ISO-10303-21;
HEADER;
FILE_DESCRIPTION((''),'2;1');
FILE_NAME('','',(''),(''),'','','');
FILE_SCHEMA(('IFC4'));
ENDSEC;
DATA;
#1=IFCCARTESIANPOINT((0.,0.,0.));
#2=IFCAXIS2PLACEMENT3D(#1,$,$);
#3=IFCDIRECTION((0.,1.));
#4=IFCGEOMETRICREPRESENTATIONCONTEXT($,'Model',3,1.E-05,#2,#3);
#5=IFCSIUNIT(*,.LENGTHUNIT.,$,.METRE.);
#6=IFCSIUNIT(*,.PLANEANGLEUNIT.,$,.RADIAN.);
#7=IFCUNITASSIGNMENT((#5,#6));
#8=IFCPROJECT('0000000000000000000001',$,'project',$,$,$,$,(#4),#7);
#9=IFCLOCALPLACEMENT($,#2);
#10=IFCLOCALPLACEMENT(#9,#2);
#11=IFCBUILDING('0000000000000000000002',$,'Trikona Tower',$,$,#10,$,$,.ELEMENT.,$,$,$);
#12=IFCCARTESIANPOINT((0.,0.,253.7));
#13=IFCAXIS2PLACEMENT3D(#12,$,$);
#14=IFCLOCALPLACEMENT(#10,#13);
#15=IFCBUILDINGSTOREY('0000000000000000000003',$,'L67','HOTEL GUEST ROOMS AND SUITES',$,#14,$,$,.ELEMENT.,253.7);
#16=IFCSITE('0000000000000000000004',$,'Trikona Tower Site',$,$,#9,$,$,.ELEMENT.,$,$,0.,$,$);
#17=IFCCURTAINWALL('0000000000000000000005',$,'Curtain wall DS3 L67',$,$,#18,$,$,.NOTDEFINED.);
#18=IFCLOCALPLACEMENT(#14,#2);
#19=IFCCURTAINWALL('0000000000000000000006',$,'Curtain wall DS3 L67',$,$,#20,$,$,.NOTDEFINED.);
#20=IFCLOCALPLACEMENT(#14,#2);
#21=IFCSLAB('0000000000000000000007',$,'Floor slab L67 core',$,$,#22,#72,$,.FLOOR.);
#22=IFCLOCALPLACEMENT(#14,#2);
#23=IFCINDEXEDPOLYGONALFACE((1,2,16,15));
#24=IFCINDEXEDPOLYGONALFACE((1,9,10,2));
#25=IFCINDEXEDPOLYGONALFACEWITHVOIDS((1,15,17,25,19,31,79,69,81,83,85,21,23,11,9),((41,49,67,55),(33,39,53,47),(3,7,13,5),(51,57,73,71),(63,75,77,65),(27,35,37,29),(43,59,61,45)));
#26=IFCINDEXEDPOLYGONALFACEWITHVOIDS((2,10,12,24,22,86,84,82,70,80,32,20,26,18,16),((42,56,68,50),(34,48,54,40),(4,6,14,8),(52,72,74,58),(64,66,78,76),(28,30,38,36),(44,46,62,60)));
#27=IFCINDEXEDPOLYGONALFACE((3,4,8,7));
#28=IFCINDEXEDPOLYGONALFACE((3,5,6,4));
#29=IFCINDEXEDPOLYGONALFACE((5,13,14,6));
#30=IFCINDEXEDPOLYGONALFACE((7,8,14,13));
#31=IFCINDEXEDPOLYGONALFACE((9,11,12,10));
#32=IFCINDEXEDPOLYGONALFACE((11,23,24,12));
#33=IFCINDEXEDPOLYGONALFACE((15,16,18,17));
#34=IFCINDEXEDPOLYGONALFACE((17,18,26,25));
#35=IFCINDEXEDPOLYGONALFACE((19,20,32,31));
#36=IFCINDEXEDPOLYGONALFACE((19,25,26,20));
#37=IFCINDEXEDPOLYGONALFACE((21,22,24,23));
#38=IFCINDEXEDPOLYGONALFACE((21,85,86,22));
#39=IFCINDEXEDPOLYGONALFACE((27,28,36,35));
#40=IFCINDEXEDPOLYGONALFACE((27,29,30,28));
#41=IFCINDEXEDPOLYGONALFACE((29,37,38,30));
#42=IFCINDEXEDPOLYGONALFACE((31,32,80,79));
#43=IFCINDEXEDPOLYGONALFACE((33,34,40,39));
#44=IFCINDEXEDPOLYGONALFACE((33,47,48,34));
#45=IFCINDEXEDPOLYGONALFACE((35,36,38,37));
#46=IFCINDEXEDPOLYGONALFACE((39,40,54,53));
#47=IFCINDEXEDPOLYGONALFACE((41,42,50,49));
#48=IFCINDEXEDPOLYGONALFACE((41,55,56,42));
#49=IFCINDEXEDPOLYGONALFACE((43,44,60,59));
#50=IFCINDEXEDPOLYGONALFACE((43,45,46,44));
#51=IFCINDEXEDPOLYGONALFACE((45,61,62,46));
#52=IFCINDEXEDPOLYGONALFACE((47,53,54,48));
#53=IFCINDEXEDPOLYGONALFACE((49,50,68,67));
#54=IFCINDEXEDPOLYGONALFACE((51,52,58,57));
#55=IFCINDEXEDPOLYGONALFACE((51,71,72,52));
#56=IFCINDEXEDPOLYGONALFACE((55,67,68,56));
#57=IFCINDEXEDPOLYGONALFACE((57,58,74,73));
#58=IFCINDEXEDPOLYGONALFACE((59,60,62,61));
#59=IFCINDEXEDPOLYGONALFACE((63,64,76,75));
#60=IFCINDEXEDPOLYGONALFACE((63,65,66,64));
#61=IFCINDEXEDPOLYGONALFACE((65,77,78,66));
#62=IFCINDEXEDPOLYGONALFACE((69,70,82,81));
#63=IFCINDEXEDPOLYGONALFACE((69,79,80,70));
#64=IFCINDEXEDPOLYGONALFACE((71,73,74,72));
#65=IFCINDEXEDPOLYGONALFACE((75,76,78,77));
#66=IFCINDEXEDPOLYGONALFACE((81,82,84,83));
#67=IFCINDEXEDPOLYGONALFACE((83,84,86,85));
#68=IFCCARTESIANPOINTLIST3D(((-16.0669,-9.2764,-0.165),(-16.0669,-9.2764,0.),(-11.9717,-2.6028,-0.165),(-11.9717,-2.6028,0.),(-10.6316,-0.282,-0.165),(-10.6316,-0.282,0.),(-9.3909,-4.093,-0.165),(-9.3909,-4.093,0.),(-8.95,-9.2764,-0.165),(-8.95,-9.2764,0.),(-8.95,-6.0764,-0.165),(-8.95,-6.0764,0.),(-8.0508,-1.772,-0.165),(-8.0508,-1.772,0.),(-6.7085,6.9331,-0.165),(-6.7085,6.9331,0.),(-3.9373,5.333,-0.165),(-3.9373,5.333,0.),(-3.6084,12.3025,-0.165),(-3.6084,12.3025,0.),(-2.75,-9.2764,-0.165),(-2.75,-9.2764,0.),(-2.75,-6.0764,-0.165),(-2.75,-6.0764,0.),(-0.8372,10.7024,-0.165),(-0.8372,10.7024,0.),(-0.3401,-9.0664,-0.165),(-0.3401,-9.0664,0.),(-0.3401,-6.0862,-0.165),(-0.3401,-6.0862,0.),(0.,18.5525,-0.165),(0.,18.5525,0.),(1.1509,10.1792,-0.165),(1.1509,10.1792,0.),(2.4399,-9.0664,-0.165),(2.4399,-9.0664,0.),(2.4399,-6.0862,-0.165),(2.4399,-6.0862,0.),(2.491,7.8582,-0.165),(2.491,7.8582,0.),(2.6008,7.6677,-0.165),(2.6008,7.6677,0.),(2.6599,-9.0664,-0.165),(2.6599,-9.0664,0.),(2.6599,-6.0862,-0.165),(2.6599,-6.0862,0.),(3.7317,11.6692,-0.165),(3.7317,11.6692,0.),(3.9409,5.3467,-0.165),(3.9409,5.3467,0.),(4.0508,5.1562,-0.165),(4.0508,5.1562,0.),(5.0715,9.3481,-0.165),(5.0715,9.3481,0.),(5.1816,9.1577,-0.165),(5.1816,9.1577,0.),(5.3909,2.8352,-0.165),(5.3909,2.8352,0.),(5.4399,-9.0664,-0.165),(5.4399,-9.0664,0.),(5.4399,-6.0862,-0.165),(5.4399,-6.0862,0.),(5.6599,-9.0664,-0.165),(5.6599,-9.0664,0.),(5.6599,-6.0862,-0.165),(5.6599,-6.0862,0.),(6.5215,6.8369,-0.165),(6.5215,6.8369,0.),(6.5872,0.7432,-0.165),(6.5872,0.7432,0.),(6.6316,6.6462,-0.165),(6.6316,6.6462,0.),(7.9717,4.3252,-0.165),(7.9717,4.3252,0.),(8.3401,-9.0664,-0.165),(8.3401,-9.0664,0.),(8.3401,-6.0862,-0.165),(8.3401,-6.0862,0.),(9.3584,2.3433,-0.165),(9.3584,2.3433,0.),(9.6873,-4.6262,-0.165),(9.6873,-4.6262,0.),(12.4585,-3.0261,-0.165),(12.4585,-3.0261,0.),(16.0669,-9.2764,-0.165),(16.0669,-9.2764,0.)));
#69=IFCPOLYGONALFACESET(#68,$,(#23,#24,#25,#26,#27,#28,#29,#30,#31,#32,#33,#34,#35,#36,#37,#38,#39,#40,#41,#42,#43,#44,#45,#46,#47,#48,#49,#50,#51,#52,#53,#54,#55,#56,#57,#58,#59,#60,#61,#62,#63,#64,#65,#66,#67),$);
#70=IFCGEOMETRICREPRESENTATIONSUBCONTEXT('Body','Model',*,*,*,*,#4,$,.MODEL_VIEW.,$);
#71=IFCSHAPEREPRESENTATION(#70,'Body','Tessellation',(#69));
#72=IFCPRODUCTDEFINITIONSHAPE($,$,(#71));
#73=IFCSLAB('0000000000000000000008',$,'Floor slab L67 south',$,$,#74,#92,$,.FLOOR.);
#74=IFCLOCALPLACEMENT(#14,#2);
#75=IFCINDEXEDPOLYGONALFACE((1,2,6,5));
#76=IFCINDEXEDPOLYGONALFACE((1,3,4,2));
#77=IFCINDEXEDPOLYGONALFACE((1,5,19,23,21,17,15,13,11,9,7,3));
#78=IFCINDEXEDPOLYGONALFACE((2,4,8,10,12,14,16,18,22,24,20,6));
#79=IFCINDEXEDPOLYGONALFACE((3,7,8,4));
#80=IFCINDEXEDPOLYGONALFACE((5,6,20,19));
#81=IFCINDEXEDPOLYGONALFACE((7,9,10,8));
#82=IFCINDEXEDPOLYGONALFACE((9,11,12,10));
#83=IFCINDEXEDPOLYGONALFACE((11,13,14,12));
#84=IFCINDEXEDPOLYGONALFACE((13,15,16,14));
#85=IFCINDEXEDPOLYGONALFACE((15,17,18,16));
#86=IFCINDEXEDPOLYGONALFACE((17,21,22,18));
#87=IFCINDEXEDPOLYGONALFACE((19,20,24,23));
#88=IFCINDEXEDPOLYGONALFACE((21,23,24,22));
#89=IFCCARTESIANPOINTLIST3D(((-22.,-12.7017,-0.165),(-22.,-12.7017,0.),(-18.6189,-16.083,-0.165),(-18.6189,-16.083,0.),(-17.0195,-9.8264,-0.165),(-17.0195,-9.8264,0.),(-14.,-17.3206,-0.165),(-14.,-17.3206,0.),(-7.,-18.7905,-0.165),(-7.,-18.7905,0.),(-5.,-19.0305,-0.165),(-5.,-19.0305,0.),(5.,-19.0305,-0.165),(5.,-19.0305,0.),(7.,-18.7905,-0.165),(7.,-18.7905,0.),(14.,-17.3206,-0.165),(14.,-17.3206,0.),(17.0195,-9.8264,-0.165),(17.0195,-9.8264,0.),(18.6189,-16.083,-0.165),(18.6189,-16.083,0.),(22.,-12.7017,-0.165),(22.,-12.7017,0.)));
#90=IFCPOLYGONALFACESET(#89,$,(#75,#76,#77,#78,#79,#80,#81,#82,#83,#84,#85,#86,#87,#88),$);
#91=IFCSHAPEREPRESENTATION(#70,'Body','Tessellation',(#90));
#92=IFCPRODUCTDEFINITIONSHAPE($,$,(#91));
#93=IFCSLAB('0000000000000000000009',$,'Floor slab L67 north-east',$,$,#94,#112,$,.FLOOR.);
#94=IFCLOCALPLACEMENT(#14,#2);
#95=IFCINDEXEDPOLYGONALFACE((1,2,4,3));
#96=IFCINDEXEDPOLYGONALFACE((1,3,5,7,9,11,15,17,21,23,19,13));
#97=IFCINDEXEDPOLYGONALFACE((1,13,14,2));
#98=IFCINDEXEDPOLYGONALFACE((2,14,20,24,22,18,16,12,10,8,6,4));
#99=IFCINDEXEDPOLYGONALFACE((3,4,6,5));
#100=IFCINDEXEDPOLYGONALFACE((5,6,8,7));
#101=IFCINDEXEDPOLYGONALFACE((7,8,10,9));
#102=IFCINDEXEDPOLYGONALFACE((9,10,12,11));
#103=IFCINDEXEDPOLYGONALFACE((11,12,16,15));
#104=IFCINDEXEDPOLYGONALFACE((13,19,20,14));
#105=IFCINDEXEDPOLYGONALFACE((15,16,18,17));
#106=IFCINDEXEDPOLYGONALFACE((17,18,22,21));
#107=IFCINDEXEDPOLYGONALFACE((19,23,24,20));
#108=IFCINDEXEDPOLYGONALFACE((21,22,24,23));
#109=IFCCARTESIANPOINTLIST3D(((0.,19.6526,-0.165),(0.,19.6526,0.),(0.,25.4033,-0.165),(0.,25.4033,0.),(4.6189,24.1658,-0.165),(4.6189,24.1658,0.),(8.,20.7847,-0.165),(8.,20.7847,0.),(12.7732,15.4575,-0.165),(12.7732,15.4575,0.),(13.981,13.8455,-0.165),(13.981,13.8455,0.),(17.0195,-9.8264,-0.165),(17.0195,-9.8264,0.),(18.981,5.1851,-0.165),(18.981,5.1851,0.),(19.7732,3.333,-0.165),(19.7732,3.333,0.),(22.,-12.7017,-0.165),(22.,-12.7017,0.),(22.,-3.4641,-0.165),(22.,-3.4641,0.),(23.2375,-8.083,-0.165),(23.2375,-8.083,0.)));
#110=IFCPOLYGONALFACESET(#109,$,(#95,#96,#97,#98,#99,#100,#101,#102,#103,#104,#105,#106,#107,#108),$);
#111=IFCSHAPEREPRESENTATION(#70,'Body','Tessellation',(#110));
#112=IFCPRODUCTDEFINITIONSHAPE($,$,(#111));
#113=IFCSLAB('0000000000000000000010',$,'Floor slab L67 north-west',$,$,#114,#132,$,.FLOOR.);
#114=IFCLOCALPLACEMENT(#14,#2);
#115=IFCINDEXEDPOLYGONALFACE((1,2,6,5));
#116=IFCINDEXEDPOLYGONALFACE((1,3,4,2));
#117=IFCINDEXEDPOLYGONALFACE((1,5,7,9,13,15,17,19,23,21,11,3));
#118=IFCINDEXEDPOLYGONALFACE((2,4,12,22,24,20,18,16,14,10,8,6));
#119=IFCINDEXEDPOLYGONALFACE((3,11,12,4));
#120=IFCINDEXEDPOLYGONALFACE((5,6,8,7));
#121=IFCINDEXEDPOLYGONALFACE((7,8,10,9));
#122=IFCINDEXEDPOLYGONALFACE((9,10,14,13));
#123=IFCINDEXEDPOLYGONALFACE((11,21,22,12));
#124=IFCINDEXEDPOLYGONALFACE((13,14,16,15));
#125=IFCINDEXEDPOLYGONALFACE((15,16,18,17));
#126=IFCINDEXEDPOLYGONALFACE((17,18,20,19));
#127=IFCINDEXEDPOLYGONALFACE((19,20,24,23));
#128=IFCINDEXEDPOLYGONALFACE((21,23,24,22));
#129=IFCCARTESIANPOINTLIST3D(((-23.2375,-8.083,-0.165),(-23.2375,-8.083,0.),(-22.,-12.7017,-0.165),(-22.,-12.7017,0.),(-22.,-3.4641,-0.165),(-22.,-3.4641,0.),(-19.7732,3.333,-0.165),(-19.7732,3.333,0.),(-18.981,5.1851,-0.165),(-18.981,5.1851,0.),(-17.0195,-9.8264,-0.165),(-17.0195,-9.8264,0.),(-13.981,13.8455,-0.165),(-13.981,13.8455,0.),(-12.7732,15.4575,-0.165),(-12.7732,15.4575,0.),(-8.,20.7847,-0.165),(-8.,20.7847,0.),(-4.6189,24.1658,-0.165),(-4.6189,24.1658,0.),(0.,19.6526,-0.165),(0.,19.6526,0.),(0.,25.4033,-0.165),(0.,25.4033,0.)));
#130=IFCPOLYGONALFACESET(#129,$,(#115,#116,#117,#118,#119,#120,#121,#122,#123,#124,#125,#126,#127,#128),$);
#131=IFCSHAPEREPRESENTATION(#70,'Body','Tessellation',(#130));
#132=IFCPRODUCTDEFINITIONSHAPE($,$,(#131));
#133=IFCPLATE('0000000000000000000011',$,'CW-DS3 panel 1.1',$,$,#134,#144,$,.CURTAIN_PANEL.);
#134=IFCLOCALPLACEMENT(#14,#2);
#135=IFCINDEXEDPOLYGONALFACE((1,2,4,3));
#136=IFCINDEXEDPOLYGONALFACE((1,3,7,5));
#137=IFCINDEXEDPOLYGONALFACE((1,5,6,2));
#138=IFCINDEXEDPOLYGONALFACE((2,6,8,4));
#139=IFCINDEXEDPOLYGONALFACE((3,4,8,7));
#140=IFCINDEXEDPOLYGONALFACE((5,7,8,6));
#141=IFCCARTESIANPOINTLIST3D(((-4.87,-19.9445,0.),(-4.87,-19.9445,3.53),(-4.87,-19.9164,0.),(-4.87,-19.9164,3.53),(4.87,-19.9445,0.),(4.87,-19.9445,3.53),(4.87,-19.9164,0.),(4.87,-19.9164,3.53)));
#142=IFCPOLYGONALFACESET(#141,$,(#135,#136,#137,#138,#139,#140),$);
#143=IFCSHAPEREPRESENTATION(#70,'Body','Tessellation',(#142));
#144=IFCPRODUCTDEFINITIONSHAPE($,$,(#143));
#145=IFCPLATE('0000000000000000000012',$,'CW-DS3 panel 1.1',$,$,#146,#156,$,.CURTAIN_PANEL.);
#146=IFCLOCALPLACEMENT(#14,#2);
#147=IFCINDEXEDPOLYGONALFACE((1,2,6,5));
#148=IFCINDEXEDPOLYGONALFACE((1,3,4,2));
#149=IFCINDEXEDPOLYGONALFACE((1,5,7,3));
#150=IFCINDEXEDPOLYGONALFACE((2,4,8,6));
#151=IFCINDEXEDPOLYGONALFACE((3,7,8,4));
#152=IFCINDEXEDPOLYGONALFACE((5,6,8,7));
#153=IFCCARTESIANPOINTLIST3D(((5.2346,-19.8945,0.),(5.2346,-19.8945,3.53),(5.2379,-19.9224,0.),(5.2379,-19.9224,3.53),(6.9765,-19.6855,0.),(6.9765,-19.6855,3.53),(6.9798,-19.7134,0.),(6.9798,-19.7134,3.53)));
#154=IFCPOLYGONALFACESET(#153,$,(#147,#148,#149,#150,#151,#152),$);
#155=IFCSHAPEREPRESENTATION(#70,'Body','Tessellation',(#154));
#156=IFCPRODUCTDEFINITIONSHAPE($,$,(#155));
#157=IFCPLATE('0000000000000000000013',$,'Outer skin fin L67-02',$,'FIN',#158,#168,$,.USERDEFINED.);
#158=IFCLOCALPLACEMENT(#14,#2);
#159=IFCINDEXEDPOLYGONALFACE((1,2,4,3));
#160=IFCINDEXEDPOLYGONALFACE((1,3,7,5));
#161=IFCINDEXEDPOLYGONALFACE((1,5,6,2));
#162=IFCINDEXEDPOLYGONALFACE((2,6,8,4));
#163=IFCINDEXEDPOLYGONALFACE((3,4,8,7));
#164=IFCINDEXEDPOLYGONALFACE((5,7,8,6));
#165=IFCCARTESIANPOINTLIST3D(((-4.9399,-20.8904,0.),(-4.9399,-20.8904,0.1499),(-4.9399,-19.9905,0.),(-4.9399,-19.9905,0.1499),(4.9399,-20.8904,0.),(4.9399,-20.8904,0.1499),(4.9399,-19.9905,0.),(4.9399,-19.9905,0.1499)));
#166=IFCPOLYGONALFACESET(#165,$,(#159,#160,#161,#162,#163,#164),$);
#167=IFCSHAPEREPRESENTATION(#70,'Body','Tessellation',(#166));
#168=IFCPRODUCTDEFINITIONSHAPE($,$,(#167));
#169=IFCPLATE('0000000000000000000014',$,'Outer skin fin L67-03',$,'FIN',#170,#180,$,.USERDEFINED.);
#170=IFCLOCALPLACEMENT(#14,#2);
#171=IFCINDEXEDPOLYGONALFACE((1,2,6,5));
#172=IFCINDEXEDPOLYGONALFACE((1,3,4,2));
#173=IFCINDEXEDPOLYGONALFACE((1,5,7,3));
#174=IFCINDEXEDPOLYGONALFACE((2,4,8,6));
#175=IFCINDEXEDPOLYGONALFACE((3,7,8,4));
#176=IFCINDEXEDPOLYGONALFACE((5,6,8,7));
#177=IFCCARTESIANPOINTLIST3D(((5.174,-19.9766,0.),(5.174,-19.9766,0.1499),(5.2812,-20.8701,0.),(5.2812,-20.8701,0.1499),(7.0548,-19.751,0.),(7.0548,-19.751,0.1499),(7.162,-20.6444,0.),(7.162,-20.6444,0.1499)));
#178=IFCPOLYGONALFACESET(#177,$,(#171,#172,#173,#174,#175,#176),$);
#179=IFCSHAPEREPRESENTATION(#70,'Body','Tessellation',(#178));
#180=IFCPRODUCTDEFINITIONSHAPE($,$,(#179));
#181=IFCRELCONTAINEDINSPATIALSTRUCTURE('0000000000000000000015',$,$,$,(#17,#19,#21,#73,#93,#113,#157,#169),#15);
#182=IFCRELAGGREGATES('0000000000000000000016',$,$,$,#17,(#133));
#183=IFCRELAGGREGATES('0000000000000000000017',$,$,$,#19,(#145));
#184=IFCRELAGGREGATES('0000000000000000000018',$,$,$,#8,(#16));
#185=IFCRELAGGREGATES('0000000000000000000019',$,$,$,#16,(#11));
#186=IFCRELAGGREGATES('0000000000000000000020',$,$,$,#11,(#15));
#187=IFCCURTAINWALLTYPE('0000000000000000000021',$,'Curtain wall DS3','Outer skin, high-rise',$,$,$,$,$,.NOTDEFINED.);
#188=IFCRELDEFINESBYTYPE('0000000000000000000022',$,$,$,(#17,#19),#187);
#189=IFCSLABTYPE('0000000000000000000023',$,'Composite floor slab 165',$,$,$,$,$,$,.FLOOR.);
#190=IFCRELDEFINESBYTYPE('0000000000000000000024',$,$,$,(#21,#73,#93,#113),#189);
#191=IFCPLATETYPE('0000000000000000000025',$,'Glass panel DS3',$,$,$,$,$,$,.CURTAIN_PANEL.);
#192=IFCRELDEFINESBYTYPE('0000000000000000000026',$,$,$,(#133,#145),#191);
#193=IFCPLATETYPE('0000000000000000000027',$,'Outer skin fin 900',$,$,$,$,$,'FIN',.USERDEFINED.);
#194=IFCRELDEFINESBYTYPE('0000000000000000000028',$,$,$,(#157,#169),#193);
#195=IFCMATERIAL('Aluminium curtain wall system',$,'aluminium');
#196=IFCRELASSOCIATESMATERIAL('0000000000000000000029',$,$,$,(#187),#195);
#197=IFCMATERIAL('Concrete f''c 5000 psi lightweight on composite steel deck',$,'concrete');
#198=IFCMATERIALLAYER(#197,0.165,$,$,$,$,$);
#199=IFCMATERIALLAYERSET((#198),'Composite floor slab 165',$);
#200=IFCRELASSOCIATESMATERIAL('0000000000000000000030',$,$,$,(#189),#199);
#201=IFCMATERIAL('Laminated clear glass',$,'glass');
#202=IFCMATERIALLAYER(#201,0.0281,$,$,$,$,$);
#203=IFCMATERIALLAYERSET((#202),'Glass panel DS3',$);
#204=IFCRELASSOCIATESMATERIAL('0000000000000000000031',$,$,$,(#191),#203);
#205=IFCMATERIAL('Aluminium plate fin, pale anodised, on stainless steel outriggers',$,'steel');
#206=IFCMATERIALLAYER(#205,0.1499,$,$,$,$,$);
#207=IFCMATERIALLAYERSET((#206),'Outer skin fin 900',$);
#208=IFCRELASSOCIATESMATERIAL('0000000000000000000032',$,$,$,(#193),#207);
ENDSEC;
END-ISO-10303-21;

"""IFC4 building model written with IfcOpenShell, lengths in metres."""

from ifc_helpers import new_model, si_unit, direction, frame, origin, origin_2d, place, context, subcontext, project, spatial, polyline, rectangle, outline, extrude, material, layer, layer_set, type_object, element, aggregate, save


model = new_model("IFC4")

# Units and contexts
model_context = context("Model", 3, precision=1e-05, world=origin(), true_north=direction((0.0, 1.0)))
body_context = subcontext(model_context, "Body", "Model", "MODEL_VIEW")
ifc_project = project(units=[si_unit("LENGTHUNIT", "METRE"), si_unit("PLANEANGLEUNIT", "RADIAN")], contexts=[model_context])

# Site, building, storey
site_placement = place(None, origin())
site = spatial("IfcSite", under=ifc_project, at=site_placement, Name="Trikona Tower Site", CompositionType="ELEMENT", RefElevation=0.0)
building_placement = place(site_placement, origin())
building = spatial("IfcBuilding", under=site, at=building_placement, Name="Trikona Tower", CompositionType="ELEMENT")
storey_placement = place(building_placement, frame((0.0, 0.0, 253.7)))
storey = spatial("IfcBuildingStorey", under=building, at=storey_placement, Name="L67", Description="HOTEL GUEST ROOMS AND SUITES", CompositionType="ELEMENT", Elevation=253.7)

# Curtain walls
ifc_material_1 = material(Name="Aluminium curtain wall system", Category="aluminium")
curtain_wall_type = type_object("IfcCurtainWallType", Name="Curtain wall DS3", Description="Outer skin, high-rise", PredefinedType="NOTDEFINED", material=ifc_material_1)
curtain_wall_1_placement = place(storey_placement, origin())
curtain_wall_1 = element("IfcCurtainWall", 1, at=curtain_wall_1_placement, inside=storey, type_object=curtain_wall_type, Name="Curtain wall DS3 L67", PredefinedType="NOTDEFINED")
curtain_wall_2_placement = place(storey_placement, origin())
curtain_wall_2 = element("IfcCurtainWall", 2, at=curtain_wall_2_placement, inside=storey, type_object=curtain_wall_type, Name="Curtain wall DS3 L67", PredefinedType="NOTDEFINED")

# Slabs
ifc_material_2 = material(Name="Concrete f'c 5000 psi lightweight on composite steel deck", Category="concrete")
ifc_layer_1 = layer(ifc_material_2, 0.165)
ifc_layer_set_1 = layer_set([ifc_layer_1], Name="Composite floor slab 165")
slab_type_1 = type_object("IfcSlabType", Name="Composite floor slab 165", PredefinedType="FLOOR", material=ifc_layer_set_1)
slab_1_placement = place(storey_placement, frame((0.0, 0.0, -0.165)))
element("IfcSlab", 3, at=slab_1_placement, inside=storey, type_object=slab_type_1, Name="Floor slab L67 core", PredefinedType="FLOOR", context=body_context, shape_type="SweptSolid", body=[
    extrude(outline(polyline([(-16.0669, -9.2764), (-8.95, -9.2764), (-8.95, -6.0764), (-2.75, -6.0764), (-2.75, -9.2764), (16.0669, -9.2764), (12.4585, -3.0261), (9.6873, -4.6262), (6.5872, 0.7432), (9.3584, 2.3433), (0.0, 18.5525), (-3.6084, 12.3025), (-0.8372, 10.7024), (-3.9373, 5.333), (-6.7085, 6.9331), (-16.0669, -9.2764)]), holes=[polyline([(5.6599, -6.0862), (5.6599, -9.0664), (8.3401, -9.0664), (8.3401, -6.0862), (5.6599, -6.0862)]), polyline([(6.6316, 6.6462), (4.0508, 5.1562), (5.3909, 2.8352), (7.9717, 4.3252), (6.6316, 6.6462)]), polyline([(6.5215, 6.8369), (5.1816, 9.1577), (2.6008, 7.6677), (3.9409, 5.3467), (6.5215, 6.8369)]), polyline([(2.6599, -9.0664), (5.4399, -9.0664), (5.4399, -6.0862), (2.6599, -6.0862), (2.6599, -9.0664)]), polyline([(2.491, 7.8582), (5.0715, 9.3481), (3.7317, 11.6692), (1.1509, 10.1792), (2.491, 7.8582)]), polyline([(2.4399, -9.0664), (2.4399, -6.0862), (-0.3401, -6.0862), (-0.3401, -9.0664), (2.4399, -9.0664)]), polyline([(-11.9717, -2.6028), (-9.3909, -4.093), (-8.0508, -1.772), (-10.6316, -0.282), (-11.9717, -2.6028)])]), origin(), (0.0, 0.0, 1.0), 0.165),
])
slab_2_placement = place(storey_placement, frame((0.0, 0.0, -0.165)))
element("IfcSlab", 4, at=slab_2_placement, inside=storey, type_object=slab_type_1, Name="Floor slab L67 south", PredefinedType="FLOOR", context=body_context, shape_type="SweptSolid", body=[
    extrude(outline(polyline([(18.6189, -16.083), (22.0, -12.7017), (17.0195, -9.8264), (-17.0195, -9.8264), (-22.0, -12.7017), (-18.6189, -16.083), (-14.0, -17.3206), (-7.0, -18.7905), (-5.0, -19.0305), (5.0, -19.0305), (7.0, -18.7905), (14.0, -17.3206), (18.6189, -16.083)])), origin(), (0.0, 0.0, 1.0), 0.165),
])
slab_3_placement = place(storey_placement, frame((0.0, 0.0, -0.165)))
element("IfcSlab", 5, at=slab_3_placement, inside=storey, type_object=slab_type_1, Name="Floor slab L67 north-east", PredefinedType="FLOOR", context=body_context, shape_type="SweptSolid", body=[
    extrude(outline(polyline([(4.6189, 24.1658), (0.0, 25.4033), (0.0, 19.6526), (17.0195, -9.8264), (22.0, -12.7017), (23.2375, -8.083), (22.0, -3.4641), (19.7732, 3.333), (18.981, 5.1851), (13.981, 13.8455), (12.7732, 15.4575), (8.0, 20.7847), (4.6189, 24.1658)])), origin(), (0.0, 0.0, 1.0), 0.165),
])
slab_4_placement = place(storey_placement, frame((0.0, 0.0, -0.165)))
element("IfcSlab", 6, at=slab_4_placement, inside=storey, type_object=slab_type_1, Name="Floor slab L67 north-west", PredefinedType="FLOOR", context=body_context, shape_type="SweptSolid", body=[
    extrude(outline(polyline([(0.0, 19.6526), (0.0, 25.4033), (-4.6189, 24.1658), (-8.0, 20.7847), (-12.7732, 15.4575), (-13.981, 13.8455), (-18.981, 5.1851), (-19.7732, 3.333), (-22.0, -3.4641), (-23.2375, -8.083), (-22.0, -12.7017), (-17.0195, -9.8264), (0.0, 19.6526)])), origin(), (0.0, 0.0, 1.0), 0.165),
])

# Plates
ifc_material_3 = material(Name="Laminated clear glass", Category="glass")
ifc_layer_2 = layer(ifc_material_3, 0.0281)
ifc_layer_set_2 = layer_set([ifc_layer_2], Name="Glass panel DS3")
plate_type_1 = type_object("IfcPlateType", Name="Glass panel DS3", PredefinedType="CURTAIN_PANEL", material=ifc_layer_set_2)
plate_1_placement = place(storey_placement, frame((0.0, -19.9304, 0.0), z_axis=(0.0, 0.0, 1.0), x_axis=(1.0, 0.0, 0.0)))
plate_1 = element("IfcPlate", 7, at=plate_1_placement, type_object=plate_type_1, Name="CW-DS3 panel 1.1", PredefinedType="CURTAIN_PANEL", context=body_context, shape_type="SweptSolid", body=[
    extrude(rectangle(XDim=9.74, YDim=0.0281, at=origin_2d()), origin(), (0.0, 0.0, 1.0), 3.53),
])
aggregate(curtain_wall_1, [plate_1])
plate_2_placement = place(storey_placement, frame((6.1072, -19.804, 0.0), z_axis=(0.0, 0.0, 1.0), x_axis=(0.992877, 0.119141, 0.0)))
plate_2 = element("IfcPlate", 8, at=plate_2_placement, type_object=plate_type_1, Name="CW-DS3 panel 1.1", PredefinedType="CURTAIN_PANEL", context=body_context, shape_type="SweptSolid", body=[
    extrude(rectangle(XDim=1.7544, YDim=0.0281, at=origin_2d()), origin(), (0.0, 0.0, 1.0), 3.53),
])
aggregate(curtain_wall_2, [plate_2])

# Plates
ifc_material_4 = material(Name="Aluminium plate fin, pale anodised, on stainless steel outriggers", Category="steel")
ifc_layer_3 = layer(ifc_material_4, 0.1499)
ifc_layer_set_3 = layer_set([ifc_layer_3], Name="Outer skin fin 900")
plate_type_2 = type_object("IfcPlateType", Name="Outer skin fin 900", ElementType="FIN", PredefinedType="USERDEFINED", material=ifc_layer_set_3)
plate_3_placement = place(storey_placement, frame((0.0, -20.4404, 0.0), z_axis=(0.0, 0.0, 1.0), x_axis=(1.0, 0.0, 0.0)))
element("IfcPlate", 9, at=plate_3_placement, inside=storey, type_object=plate_type_2, Name="Outer skin fin L67-02", ObjectType="FIN", PredefinedType="USERDEFINED", context=body_context, shape_type="SweptSolid", body=[
    extrude(rectangle(XDim=9.8799, YDim=0.8999, at=origin_2d()), origin(), (0.0, 0.0, 1.0), 0.1499),
])
plate_4_placement = place(storey_placement, frame((6.168, -20.3105, 0.0), z_axis=(0.0, 0.0, 1.0), x_axis=(0.992877, 0.119146, 0.0)))
element("IfcPlate", 10, at=plate_4_placement, inside=storey, type_object=plate_type_2, Name="Outer skin fin L67-03", ObjectType="FIN", PredefinedType="USERDEFINED", context=body_context, shape_type="SweptSolid", body=[
    extrude(rectangle(XDim=1.8943, YDim=0.8999, at=origin_2d()), origin(), (0.0, 0.0, 1.0), 0.1499),
])

save(model, "model.ifc")
